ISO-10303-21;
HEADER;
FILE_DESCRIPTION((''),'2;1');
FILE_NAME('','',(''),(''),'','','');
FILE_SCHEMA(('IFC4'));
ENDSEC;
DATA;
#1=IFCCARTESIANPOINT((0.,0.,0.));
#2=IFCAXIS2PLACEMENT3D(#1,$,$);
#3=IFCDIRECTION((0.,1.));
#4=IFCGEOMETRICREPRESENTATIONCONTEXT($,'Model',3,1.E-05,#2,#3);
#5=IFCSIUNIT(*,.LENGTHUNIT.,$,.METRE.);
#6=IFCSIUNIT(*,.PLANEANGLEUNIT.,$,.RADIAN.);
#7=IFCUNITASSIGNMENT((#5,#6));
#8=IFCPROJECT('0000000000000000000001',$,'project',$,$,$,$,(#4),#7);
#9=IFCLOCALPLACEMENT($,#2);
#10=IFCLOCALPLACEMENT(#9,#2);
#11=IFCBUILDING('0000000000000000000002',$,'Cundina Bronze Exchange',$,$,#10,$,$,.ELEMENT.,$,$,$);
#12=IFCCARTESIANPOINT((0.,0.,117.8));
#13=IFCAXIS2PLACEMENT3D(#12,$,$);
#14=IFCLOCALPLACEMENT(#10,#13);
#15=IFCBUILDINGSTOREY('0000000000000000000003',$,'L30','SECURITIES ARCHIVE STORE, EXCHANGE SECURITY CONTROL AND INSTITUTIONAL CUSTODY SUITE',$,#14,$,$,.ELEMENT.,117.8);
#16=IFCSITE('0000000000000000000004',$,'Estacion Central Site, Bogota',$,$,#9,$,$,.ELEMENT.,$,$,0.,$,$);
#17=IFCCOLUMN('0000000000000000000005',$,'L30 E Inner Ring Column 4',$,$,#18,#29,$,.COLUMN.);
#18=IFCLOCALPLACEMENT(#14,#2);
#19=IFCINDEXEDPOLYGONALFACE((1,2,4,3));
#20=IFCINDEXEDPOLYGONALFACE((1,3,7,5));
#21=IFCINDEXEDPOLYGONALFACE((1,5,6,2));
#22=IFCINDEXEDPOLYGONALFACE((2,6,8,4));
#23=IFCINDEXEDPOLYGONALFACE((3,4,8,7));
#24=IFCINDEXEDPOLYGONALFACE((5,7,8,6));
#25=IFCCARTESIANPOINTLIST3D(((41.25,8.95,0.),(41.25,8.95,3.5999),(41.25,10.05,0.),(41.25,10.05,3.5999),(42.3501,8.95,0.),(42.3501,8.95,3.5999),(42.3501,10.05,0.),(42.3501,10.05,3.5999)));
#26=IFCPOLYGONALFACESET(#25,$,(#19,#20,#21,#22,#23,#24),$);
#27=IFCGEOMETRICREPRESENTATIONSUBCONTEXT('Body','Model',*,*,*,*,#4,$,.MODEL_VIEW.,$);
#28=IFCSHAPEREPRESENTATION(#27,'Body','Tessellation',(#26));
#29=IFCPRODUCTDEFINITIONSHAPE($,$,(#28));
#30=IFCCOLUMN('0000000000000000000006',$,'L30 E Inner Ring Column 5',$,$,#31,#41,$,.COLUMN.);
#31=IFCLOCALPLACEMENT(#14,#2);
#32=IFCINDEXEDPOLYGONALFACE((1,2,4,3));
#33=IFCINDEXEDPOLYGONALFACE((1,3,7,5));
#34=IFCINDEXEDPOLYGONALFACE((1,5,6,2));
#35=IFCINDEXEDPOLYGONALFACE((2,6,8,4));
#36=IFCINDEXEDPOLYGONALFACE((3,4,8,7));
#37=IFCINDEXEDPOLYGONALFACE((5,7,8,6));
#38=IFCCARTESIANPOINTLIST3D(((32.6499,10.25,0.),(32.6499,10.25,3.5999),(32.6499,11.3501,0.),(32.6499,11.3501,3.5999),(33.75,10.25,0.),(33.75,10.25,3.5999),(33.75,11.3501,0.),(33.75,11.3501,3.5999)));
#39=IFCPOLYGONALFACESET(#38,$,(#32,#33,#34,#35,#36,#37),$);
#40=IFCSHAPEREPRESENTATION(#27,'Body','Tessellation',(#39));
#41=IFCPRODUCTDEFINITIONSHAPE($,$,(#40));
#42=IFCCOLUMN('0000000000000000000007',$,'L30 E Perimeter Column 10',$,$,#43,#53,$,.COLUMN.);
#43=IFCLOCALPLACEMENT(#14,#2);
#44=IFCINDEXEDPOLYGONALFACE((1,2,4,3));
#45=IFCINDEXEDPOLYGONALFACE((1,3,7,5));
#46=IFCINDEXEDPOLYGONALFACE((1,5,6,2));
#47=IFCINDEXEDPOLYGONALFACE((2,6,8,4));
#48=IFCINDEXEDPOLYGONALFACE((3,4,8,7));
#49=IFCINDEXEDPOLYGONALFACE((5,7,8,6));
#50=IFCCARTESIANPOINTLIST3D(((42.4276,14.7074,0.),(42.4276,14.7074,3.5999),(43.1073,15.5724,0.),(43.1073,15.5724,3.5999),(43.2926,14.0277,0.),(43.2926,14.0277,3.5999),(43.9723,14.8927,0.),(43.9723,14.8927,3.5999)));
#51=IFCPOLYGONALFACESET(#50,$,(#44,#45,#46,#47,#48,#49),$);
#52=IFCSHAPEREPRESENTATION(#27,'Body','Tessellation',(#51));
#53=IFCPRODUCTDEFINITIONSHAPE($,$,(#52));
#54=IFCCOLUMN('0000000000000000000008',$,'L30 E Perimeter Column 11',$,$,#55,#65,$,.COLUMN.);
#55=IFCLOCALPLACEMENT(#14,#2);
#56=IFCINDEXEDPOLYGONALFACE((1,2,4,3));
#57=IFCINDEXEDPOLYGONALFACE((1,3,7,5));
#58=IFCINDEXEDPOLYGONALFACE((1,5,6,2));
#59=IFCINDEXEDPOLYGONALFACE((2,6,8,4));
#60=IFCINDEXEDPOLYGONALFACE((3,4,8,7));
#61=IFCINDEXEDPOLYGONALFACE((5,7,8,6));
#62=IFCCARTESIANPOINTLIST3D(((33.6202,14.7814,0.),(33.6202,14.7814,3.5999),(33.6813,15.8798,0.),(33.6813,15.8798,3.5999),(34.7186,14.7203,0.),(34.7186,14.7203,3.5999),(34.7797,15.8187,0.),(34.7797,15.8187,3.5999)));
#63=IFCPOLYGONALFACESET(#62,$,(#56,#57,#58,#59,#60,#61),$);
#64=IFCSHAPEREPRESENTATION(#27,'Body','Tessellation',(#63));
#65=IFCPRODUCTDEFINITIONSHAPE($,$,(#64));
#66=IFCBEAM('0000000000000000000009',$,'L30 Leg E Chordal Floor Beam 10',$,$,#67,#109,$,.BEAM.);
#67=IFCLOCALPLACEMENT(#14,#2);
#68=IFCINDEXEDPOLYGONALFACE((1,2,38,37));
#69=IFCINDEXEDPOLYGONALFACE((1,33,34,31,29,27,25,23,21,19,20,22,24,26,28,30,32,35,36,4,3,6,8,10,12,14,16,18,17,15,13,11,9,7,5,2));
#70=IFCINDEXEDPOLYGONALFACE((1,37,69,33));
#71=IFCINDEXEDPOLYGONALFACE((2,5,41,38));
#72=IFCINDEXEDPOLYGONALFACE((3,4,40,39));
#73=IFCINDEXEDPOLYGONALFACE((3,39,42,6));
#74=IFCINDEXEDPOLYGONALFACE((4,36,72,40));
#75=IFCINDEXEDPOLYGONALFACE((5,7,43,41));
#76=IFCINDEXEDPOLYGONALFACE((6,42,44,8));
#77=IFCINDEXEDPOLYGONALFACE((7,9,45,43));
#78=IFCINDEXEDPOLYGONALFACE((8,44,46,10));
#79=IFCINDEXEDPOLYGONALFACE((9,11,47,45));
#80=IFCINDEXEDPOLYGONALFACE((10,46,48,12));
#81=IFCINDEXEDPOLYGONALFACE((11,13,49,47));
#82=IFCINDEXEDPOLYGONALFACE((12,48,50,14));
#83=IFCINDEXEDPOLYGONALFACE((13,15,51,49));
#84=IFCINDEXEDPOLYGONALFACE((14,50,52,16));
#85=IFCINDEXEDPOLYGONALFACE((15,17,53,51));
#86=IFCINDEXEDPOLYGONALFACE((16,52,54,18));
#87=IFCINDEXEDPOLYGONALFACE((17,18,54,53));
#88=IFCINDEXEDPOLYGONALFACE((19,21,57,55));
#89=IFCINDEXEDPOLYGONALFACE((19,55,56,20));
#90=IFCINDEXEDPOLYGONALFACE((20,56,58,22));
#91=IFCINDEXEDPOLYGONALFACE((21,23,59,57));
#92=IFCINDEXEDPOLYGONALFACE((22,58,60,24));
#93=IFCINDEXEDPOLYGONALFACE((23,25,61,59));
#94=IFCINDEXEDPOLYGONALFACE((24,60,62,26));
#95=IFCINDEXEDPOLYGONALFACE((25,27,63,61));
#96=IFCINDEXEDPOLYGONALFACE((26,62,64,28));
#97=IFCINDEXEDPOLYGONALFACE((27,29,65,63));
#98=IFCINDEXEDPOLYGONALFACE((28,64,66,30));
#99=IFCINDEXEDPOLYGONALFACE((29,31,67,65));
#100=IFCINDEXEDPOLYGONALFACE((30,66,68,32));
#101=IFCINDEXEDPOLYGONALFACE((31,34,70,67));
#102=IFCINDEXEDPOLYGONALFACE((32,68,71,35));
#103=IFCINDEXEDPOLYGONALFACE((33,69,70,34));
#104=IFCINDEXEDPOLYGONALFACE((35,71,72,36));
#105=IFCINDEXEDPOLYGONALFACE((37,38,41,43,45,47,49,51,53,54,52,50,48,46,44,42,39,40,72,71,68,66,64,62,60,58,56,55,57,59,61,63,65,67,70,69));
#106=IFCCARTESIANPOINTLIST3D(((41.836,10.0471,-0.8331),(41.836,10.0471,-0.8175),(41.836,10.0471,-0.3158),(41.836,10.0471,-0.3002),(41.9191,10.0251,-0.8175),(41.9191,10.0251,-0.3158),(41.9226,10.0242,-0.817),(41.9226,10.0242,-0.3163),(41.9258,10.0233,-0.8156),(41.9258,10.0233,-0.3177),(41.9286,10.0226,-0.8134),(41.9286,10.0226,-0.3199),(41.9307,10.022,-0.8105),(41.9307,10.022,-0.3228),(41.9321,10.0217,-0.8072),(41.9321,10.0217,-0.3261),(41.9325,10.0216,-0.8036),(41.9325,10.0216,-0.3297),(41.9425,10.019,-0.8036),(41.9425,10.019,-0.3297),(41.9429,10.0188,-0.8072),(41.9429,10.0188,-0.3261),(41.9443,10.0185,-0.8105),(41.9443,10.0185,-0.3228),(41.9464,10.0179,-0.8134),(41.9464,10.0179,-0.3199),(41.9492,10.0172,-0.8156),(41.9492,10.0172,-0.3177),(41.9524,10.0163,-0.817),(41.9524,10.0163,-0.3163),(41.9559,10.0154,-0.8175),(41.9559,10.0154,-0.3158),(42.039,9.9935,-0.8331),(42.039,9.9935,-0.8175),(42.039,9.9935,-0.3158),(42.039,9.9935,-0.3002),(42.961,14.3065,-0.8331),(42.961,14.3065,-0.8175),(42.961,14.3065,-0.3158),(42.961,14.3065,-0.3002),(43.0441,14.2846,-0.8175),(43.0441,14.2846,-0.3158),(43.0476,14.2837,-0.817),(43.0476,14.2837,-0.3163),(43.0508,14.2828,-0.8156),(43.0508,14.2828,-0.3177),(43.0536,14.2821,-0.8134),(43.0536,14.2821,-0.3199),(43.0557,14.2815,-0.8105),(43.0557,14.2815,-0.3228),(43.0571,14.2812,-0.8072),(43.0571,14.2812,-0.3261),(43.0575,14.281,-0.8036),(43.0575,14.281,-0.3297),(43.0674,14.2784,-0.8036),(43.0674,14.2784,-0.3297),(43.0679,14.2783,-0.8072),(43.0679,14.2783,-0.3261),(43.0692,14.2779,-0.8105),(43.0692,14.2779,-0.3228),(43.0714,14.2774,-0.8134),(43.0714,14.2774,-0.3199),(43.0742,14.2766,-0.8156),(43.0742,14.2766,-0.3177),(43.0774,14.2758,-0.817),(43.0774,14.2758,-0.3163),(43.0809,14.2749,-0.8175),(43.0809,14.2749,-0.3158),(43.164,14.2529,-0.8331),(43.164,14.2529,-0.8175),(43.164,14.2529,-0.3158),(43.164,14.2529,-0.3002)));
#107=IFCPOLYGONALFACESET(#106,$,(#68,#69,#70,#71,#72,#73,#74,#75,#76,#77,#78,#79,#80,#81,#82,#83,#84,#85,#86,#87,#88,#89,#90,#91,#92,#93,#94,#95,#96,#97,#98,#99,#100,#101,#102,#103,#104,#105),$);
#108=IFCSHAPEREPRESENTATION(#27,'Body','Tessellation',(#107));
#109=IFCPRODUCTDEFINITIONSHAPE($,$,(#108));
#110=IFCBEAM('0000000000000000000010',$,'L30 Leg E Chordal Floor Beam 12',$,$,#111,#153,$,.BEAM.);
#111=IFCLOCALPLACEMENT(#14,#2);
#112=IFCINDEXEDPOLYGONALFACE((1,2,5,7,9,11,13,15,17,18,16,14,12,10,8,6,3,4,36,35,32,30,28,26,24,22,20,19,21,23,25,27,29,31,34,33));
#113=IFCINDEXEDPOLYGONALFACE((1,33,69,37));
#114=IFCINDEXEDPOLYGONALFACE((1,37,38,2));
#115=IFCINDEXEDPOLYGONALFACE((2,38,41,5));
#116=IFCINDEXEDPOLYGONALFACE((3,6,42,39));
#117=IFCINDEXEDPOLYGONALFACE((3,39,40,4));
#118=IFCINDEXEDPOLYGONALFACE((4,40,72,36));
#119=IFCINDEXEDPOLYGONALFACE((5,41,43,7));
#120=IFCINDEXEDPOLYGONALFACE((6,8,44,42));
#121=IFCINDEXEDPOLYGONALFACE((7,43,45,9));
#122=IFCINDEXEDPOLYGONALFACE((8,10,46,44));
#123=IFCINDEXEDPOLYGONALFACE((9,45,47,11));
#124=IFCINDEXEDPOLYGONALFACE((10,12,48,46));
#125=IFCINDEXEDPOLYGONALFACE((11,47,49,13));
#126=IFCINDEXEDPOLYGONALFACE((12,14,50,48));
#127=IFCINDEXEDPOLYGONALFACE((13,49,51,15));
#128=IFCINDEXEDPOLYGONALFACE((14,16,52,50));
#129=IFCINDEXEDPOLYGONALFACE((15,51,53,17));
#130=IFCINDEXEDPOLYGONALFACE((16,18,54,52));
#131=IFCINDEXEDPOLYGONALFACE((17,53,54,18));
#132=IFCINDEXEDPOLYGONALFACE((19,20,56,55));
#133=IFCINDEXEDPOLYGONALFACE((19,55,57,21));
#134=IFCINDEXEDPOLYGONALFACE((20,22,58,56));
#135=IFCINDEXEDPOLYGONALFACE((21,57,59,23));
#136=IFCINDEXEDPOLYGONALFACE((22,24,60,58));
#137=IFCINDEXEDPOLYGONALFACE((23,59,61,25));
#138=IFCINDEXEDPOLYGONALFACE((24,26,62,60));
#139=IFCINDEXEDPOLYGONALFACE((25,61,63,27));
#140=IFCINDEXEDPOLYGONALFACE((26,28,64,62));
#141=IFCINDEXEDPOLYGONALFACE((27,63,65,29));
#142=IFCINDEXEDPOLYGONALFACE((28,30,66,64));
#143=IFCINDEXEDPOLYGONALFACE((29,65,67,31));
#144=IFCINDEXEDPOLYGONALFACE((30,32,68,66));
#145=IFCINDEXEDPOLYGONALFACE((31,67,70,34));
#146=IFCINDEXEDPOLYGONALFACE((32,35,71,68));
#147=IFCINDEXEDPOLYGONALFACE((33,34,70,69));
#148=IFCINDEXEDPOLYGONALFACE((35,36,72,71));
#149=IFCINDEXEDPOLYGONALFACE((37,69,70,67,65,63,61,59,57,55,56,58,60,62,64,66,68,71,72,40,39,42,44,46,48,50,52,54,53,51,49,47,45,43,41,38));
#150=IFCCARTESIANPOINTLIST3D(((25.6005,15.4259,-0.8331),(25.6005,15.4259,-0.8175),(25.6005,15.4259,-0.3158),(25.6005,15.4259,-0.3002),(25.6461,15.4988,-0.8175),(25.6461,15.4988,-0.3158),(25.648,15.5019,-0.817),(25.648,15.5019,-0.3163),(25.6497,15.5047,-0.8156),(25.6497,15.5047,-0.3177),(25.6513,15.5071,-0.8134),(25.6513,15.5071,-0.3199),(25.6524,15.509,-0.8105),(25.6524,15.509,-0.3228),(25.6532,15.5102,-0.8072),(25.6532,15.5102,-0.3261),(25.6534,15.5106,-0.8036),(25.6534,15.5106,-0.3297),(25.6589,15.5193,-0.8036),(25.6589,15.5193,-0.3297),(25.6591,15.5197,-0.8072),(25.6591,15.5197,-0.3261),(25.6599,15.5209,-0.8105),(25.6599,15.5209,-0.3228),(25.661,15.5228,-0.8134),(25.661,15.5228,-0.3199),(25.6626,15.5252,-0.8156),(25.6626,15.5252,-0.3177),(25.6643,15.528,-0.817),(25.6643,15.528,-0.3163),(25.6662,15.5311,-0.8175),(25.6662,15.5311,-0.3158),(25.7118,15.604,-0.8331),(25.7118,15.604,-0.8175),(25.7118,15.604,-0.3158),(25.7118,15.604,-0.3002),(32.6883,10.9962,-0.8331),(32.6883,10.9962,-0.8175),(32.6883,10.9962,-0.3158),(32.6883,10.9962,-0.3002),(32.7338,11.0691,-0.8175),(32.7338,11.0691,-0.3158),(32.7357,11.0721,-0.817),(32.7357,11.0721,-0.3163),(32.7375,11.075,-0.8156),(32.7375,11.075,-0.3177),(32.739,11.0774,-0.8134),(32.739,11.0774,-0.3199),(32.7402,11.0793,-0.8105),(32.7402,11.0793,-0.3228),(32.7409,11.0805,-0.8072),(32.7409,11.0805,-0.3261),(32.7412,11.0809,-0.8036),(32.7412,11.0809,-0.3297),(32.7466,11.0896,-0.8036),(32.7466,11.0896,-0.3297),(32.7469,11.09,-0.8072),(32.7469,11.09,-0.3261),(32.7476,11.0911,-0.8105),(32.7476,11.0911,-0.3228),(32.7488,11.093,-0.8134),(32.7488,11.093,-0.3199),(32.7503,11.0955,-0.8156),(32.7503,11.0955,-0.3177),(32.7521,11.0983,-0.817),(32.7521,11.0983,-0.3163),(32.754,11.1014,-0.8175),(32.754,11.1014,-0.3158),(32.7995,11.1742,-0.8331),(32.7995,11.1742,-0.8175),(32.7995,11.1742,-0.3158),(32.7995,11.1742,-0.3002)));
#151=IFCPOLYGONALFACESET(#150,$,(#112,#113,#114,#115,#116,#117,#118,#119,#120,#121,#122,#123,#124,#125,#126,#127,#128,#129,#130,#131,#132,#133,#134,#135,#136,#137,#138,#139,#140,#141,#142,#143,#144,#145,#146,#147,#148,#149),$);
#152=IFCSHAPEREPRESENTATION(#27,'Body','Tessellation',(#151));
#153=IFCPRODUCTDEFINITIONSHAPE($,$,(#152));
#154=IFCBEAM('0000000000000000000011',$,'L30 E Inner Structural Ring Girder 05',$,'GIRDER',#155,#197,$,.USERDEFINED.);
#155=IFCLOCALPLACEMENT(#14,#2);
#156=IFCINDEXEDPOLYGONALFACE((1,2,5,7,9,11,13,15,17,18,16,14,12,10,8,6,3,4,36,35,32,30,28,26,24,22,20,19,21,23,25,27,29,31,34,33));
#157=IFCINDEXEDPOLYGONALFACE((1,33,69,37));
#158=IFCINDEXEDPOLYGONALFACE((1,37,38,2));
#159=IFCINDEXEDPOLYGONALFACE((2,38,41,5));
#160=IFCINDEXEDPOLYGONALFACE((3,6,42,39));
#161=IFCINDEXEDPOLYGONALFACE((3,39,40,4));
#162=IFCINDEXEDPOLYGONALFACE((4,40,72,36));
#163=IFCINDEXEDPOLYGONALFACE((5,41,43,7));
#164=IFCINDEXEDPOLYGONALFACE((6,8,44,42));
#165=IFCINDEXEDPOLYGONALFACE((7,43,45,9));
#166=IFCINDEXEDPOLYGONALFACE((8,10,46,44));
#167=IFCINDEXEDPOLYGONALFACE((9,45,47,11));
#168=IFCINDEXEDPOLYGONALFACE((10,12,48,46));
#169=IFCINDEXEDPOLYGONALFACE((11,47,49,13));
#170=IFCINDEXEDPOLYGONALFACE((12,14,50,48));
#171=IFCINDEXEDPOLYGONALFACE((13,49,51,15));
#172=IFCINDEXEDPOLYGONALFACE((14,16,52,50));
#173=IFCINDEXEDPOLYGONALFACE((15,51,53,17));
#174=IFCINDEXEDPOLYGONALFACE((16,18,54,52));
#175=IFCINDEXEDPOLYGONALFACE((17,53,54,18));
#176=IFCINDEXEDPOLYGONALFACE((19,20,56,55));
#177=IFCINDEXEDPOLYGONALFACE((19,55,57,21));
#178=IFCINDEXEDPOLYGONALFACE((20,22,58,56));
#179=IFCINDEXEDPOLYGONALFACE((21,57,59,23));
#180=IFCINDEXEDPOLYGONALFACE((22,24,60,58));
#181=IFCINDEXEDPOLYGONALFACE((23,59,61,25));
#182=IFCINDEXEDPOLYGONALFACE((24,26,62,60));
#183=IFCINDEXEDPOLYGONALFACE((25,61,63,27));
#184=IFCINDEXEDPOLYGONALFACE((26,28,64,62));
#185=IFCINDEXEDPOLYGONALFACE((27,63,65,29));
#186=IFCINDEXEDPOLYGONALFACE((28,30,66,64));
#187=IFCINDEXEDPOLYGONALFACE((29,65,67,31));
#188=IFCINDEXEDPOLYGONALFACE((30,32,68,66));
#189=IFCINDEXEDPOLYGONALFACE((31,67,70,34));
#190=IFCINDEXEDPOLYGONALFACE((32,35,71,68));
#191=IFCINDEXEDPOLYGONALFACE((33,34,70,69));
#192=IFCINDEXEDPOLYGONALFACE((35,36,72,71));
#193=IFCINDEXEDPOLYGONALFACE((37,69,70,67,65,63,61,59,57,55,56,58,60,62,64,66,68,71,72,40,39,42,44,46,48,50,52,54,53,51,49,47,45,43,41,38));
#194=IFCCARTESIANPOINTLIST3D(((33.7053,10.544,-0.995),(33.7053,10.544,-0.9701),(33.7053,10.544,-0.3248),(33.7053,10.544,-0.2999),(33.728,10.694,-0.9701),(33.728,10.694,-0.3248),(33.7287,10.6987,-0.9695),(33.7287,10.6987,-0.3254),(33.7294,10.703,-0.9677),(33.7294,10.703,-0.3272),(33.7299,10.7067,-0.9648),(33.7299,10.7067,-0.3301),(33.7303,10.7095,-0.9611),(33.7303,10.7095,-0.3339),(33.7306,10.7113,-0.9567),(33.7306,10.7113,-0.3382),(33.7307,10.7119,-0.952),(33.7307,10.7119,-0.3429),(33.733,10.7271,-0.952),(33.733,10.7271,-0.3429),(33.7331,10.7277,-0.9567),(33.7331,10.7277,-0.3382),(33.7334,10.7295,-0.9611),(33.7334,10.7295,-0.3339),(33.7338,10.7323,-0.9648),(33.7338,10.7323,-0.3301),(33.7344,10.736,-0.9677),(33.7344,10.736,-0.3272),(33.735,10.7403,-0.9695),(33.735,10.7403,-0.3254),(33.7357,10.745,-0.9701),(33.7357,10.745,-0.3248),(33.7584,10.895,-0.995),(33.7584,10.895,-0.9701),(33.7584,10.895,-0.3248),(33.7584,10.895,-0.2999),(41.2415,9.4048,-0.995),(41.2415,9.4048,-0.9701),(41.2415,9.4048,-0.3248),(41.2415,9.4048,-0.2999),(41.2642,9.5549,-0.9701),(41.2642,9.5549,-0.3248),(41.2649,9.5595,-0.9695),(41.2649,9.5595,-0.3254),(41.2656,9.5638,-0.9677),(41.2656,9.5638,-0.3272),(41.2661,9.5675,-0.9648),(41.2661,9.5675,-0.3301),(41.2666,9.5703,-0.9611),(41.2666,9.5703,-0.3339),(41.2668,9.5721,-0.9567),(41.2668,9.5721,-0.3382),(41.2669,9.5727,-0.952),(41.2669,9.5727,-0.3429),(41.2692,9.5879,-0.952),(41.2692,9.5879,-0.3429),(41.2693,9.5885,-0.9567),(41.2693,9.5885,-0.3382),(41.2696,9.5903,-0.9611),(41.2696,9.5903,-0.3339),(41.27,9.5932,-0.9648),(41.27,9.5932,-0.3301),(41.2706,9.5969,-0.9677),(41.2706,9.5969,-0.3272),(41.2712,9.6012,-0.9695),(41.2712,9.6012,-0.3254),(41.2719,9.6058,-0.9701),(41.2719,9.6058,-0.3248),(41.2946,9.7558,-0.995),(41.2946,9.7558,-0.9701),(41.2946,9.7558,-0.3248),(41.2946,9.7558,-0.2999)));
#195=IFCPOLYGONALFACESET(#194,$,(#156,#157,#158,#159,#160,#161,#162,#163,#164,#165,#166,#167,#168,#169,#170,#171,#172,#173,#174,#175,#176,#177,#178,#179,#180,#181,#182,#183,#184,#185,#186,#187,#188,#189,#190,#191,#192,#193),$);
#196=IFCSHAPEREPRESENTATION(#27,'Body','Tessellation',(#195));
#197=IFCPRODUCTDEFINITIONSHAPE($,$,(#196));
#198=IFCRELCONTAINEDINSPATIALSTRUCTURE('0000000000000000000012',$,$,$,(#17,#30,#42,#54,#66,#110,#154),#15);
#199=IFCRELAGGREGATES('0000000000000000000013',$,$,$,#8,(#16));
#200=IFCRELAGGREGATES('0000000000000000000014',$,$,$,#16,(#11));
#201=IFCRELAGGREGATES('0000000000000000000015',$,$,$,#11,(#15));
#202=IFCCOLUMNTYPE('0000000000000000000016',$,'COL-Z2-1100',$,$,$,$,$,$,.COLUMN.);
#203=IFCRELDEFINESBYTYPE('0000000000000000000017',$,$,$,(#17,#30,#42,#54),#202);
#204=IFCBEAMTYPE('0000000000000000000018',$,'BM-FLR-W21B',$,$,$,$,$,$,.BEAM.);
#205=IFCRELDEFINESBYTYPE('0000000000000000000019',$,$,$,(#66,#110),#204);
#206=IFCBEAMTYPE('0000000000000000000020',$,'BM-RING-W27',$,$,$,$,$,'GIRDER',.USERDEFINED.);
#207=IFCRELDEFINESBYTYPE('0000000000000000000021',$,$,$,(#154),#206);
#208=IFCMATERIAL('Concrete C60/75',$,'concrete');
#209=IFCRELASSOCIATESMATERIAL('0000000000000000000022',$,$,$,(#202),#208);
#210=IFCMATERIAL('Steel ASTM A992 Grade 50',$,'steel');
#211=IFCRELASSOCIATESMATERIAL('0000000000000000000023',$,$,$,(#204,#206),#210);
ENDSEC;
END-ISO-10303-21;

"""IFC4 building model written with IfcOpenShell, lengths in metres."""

from ifc_helpers import new_model, si_unit, direction, frame, origin, origin_2d, place, context, subcontext, project, spatial, rectangle, i_section, extrude, material, material_profile, profile_set, type_object, element, save


model = new_model("IFC4")

# Units and contexts
model_context = context("Model", 3, precision=1e-05, world=origin(), true_north=direction((0.0, 1.0)))
body_context = subcontext(model_context, "Body", "Model", "MODEL_VIEW")
ifc_project = project(units=[si_unit("LENGTHUNIT", "METRE"), si_unit("PLANEANGLEUNIT", "RADIAN")], contexts=[model_context])

# Site, building, storey
site_placement = place(None, origin())
site = spatial("IfcSite", under=ifc_project, at=site_placement, Name="Estacion Central Site, Bogota", CompositionType="ELEMENT", RefElevation=0.0)
building_placement = place(site_placement, origin())
building = spatial("IfcBuilding", under=site, at=building_placement, Name="Cundina Bronze Exchange", CompositionType="ELEMENT")
storey_placement = place(building_placement, frame((0.0, 0.0, 117.8)))
storey = spatial("IfcBuildingStorey", under=building, at=storey_placement, Name="L30", Description="SECURITIES ARCHIVE STORE, EXCHANGE SECURITY CONTROL AND INSTITUTIONAL CUSTODY SUITE", CompositionType="ELEMENT", Elevation=117.8)

# Columns
ifc_material_1 = material(Name="Concrete C60/75", Category="concrete")
ifc_material_profile_1 = material_profile(ifc_material_1, rectangle(XDim=1.1001, YDim=1.1001, at=origin_2d()), Name="RC1100X1100", Category="concrete")
ifc_profile_set_1 = profile_set([ifc_material_profile_1], Name="Concrete C60/75")
column_type = type_object("IfcColumnType", Name="COL-Z2-1100", PredefinedType="COLUMN", material=ifc_profile_set_1)
for number, where, z_axis, x_axis, name in (
    (1, (41.8, 9.5, 0.0), (0.0, 0.0, 1.0), (1.0, 0.0, 0.0), "L30 E Inner Ring Column 4"),
    (2, (33.2, 10.8, 0.0), (0.0, 0.0, 1.0), (1.0, 0.0, 0.0), "L30 E Inner Ring Column 5"),
    (3, (43.2, 14.8, 0.0), (0.0, 0.0, 1.0), (-0.786288, 0.61786, 0.0), "L30 E Perimeter Column 10"),
    (4, (34.2, 15.3, 0.0), (0.0, 0.0, 1.0), (-0.99846, 0.055473, 0.0), "L30 E Perimeter Column 11"),
):
    element("IfcColumn", number, at=place(storey_placement, frame(where, z_axis=z_axis, x_axis=x_axis)), inside=storey, type_object=column_type, Name=name, PredefinedType="COLUMN", context=body_context, shape_type="SweptSolid", body=[
        extrude(rectangle(XDim=1.1001, YDim=1.1001, at=origin_2d()), origin(), (0.0, 0.0, 1.0), 3.5999),
    ])

# Beams
ifc_material_2 = material(Name="Steel ASTM A992 Grade 50", Category="steel")
ifc_material_profile_2 = material_profile(ifc_material_2, i_section(OverallWidth=0.21, OverallDepth=0.533, WebThickness=0.0103, FlangeThickness=0.0156, FilletRadius=0.0139, at=origin_2d()), Name="W21X62", Category="steel")
ifc_profile_set_2 = profile_set([ifc_material_profile_2], Name="Steel ASTM A992 Grade 50")
beam_type_1 = type_object("IfcBeamType", Name="BM-FLR-W21B", PredefinedType="BEAM", material=ifc_profile_set_2)
beam_1_placement = place(storey_placement, frame((41.9375, 10.0203, -0.5667), z_axis=(0.255358, 0.966847, 0.0), x_axis=(-0.966847, 0.255358, 0.0)))
element("IfcBeam", 5, at=beam_1_placement, inside=storey, type_object=beam_type_1, Name="L30 Leg E Chordal Floor Beam 10", PredefinedType="BEAM", context=body_context, shape_type="SweptSolid", body=[
    extrude(i_section(OverallWidth=0.21, OverallDepth=0.533, WebThickness=0.0103, FlangeThickness=0.0156, FilletRadius=0.0139, at=origin_2d()), origin(), (0.0, 0.0, 1.0), 4.4055),
])
beam_2_placement = place(storey_placement, frame((32.7439, 11.0852, -0.5667), z_axis=(-0.848003, 0.529991, 0.0), x_axis=(-0.529991, -0.848003, 0.0)))
element("IfcBeam", 6, at=beam_2_placement, inside=storey, type_object=beam_type_1, Name="L30 Leg E Chordal Floor Beam 12", PredefinedType="BEAM", context=body_context, shape_type="SweptSolid", body=[
    extrude(i_section(OverallWidth=0.21, OverallDepth=0.533, WebThickness=0.0103, FlangeThickness=0.0156, FilletRadius=0.0139, at=origin_2d()), origin(), (0.0, 0.0, 1.0), 8.3582),
])
ifc_material_profile_3 = material_profile(ifc_material_2, i_section(OverallWidth=0.355, OverallDepth=0.6951, WebThickness=0.0154, FlangeThickness=0.0249, FilletRadius=0.0181, at=origin_2d()), Name="W27X146", Category="steel")
ifc_profile_set_3 = profile_set([ifc_material_profile_3], Name="Steel ASTM A992 Grade 50")
beam_type_2 = type_object("IfcBeamType", Name="BM-RING-W27", ElementType="GIRDER", PredefinedType="USERDEFINED", material=ifc_profile_set_3)
beam_3_placement = place(storey_placement, frame((41.2681, 9.5803, -0.6475), z_axis=(-0.988767, 0.149462, 0.0), x_axis=(-0.149462, -0.988767, 0.0)))
element("IfcBeam", 7, at=beam_3_placement, inside=storey, type_object=beam_type_2, Name="L30 E Inner Structural Ring Girder 05", ObjectType="GIRDER", PredefinedType="USERDEFINED", context=body_context, shape_type="SweptSolid", body=[
    extrude(i_section(OverallWidth=0.355, OverallDepth=0.6951, WebThickness=0.0154, FlangeThickness=0.0249, FilletRadius=0.0181, at=origin_2d()), origin(), (0.0, 0.0, 1.0), 7.6218),
])

save(model, "model.ifc")
